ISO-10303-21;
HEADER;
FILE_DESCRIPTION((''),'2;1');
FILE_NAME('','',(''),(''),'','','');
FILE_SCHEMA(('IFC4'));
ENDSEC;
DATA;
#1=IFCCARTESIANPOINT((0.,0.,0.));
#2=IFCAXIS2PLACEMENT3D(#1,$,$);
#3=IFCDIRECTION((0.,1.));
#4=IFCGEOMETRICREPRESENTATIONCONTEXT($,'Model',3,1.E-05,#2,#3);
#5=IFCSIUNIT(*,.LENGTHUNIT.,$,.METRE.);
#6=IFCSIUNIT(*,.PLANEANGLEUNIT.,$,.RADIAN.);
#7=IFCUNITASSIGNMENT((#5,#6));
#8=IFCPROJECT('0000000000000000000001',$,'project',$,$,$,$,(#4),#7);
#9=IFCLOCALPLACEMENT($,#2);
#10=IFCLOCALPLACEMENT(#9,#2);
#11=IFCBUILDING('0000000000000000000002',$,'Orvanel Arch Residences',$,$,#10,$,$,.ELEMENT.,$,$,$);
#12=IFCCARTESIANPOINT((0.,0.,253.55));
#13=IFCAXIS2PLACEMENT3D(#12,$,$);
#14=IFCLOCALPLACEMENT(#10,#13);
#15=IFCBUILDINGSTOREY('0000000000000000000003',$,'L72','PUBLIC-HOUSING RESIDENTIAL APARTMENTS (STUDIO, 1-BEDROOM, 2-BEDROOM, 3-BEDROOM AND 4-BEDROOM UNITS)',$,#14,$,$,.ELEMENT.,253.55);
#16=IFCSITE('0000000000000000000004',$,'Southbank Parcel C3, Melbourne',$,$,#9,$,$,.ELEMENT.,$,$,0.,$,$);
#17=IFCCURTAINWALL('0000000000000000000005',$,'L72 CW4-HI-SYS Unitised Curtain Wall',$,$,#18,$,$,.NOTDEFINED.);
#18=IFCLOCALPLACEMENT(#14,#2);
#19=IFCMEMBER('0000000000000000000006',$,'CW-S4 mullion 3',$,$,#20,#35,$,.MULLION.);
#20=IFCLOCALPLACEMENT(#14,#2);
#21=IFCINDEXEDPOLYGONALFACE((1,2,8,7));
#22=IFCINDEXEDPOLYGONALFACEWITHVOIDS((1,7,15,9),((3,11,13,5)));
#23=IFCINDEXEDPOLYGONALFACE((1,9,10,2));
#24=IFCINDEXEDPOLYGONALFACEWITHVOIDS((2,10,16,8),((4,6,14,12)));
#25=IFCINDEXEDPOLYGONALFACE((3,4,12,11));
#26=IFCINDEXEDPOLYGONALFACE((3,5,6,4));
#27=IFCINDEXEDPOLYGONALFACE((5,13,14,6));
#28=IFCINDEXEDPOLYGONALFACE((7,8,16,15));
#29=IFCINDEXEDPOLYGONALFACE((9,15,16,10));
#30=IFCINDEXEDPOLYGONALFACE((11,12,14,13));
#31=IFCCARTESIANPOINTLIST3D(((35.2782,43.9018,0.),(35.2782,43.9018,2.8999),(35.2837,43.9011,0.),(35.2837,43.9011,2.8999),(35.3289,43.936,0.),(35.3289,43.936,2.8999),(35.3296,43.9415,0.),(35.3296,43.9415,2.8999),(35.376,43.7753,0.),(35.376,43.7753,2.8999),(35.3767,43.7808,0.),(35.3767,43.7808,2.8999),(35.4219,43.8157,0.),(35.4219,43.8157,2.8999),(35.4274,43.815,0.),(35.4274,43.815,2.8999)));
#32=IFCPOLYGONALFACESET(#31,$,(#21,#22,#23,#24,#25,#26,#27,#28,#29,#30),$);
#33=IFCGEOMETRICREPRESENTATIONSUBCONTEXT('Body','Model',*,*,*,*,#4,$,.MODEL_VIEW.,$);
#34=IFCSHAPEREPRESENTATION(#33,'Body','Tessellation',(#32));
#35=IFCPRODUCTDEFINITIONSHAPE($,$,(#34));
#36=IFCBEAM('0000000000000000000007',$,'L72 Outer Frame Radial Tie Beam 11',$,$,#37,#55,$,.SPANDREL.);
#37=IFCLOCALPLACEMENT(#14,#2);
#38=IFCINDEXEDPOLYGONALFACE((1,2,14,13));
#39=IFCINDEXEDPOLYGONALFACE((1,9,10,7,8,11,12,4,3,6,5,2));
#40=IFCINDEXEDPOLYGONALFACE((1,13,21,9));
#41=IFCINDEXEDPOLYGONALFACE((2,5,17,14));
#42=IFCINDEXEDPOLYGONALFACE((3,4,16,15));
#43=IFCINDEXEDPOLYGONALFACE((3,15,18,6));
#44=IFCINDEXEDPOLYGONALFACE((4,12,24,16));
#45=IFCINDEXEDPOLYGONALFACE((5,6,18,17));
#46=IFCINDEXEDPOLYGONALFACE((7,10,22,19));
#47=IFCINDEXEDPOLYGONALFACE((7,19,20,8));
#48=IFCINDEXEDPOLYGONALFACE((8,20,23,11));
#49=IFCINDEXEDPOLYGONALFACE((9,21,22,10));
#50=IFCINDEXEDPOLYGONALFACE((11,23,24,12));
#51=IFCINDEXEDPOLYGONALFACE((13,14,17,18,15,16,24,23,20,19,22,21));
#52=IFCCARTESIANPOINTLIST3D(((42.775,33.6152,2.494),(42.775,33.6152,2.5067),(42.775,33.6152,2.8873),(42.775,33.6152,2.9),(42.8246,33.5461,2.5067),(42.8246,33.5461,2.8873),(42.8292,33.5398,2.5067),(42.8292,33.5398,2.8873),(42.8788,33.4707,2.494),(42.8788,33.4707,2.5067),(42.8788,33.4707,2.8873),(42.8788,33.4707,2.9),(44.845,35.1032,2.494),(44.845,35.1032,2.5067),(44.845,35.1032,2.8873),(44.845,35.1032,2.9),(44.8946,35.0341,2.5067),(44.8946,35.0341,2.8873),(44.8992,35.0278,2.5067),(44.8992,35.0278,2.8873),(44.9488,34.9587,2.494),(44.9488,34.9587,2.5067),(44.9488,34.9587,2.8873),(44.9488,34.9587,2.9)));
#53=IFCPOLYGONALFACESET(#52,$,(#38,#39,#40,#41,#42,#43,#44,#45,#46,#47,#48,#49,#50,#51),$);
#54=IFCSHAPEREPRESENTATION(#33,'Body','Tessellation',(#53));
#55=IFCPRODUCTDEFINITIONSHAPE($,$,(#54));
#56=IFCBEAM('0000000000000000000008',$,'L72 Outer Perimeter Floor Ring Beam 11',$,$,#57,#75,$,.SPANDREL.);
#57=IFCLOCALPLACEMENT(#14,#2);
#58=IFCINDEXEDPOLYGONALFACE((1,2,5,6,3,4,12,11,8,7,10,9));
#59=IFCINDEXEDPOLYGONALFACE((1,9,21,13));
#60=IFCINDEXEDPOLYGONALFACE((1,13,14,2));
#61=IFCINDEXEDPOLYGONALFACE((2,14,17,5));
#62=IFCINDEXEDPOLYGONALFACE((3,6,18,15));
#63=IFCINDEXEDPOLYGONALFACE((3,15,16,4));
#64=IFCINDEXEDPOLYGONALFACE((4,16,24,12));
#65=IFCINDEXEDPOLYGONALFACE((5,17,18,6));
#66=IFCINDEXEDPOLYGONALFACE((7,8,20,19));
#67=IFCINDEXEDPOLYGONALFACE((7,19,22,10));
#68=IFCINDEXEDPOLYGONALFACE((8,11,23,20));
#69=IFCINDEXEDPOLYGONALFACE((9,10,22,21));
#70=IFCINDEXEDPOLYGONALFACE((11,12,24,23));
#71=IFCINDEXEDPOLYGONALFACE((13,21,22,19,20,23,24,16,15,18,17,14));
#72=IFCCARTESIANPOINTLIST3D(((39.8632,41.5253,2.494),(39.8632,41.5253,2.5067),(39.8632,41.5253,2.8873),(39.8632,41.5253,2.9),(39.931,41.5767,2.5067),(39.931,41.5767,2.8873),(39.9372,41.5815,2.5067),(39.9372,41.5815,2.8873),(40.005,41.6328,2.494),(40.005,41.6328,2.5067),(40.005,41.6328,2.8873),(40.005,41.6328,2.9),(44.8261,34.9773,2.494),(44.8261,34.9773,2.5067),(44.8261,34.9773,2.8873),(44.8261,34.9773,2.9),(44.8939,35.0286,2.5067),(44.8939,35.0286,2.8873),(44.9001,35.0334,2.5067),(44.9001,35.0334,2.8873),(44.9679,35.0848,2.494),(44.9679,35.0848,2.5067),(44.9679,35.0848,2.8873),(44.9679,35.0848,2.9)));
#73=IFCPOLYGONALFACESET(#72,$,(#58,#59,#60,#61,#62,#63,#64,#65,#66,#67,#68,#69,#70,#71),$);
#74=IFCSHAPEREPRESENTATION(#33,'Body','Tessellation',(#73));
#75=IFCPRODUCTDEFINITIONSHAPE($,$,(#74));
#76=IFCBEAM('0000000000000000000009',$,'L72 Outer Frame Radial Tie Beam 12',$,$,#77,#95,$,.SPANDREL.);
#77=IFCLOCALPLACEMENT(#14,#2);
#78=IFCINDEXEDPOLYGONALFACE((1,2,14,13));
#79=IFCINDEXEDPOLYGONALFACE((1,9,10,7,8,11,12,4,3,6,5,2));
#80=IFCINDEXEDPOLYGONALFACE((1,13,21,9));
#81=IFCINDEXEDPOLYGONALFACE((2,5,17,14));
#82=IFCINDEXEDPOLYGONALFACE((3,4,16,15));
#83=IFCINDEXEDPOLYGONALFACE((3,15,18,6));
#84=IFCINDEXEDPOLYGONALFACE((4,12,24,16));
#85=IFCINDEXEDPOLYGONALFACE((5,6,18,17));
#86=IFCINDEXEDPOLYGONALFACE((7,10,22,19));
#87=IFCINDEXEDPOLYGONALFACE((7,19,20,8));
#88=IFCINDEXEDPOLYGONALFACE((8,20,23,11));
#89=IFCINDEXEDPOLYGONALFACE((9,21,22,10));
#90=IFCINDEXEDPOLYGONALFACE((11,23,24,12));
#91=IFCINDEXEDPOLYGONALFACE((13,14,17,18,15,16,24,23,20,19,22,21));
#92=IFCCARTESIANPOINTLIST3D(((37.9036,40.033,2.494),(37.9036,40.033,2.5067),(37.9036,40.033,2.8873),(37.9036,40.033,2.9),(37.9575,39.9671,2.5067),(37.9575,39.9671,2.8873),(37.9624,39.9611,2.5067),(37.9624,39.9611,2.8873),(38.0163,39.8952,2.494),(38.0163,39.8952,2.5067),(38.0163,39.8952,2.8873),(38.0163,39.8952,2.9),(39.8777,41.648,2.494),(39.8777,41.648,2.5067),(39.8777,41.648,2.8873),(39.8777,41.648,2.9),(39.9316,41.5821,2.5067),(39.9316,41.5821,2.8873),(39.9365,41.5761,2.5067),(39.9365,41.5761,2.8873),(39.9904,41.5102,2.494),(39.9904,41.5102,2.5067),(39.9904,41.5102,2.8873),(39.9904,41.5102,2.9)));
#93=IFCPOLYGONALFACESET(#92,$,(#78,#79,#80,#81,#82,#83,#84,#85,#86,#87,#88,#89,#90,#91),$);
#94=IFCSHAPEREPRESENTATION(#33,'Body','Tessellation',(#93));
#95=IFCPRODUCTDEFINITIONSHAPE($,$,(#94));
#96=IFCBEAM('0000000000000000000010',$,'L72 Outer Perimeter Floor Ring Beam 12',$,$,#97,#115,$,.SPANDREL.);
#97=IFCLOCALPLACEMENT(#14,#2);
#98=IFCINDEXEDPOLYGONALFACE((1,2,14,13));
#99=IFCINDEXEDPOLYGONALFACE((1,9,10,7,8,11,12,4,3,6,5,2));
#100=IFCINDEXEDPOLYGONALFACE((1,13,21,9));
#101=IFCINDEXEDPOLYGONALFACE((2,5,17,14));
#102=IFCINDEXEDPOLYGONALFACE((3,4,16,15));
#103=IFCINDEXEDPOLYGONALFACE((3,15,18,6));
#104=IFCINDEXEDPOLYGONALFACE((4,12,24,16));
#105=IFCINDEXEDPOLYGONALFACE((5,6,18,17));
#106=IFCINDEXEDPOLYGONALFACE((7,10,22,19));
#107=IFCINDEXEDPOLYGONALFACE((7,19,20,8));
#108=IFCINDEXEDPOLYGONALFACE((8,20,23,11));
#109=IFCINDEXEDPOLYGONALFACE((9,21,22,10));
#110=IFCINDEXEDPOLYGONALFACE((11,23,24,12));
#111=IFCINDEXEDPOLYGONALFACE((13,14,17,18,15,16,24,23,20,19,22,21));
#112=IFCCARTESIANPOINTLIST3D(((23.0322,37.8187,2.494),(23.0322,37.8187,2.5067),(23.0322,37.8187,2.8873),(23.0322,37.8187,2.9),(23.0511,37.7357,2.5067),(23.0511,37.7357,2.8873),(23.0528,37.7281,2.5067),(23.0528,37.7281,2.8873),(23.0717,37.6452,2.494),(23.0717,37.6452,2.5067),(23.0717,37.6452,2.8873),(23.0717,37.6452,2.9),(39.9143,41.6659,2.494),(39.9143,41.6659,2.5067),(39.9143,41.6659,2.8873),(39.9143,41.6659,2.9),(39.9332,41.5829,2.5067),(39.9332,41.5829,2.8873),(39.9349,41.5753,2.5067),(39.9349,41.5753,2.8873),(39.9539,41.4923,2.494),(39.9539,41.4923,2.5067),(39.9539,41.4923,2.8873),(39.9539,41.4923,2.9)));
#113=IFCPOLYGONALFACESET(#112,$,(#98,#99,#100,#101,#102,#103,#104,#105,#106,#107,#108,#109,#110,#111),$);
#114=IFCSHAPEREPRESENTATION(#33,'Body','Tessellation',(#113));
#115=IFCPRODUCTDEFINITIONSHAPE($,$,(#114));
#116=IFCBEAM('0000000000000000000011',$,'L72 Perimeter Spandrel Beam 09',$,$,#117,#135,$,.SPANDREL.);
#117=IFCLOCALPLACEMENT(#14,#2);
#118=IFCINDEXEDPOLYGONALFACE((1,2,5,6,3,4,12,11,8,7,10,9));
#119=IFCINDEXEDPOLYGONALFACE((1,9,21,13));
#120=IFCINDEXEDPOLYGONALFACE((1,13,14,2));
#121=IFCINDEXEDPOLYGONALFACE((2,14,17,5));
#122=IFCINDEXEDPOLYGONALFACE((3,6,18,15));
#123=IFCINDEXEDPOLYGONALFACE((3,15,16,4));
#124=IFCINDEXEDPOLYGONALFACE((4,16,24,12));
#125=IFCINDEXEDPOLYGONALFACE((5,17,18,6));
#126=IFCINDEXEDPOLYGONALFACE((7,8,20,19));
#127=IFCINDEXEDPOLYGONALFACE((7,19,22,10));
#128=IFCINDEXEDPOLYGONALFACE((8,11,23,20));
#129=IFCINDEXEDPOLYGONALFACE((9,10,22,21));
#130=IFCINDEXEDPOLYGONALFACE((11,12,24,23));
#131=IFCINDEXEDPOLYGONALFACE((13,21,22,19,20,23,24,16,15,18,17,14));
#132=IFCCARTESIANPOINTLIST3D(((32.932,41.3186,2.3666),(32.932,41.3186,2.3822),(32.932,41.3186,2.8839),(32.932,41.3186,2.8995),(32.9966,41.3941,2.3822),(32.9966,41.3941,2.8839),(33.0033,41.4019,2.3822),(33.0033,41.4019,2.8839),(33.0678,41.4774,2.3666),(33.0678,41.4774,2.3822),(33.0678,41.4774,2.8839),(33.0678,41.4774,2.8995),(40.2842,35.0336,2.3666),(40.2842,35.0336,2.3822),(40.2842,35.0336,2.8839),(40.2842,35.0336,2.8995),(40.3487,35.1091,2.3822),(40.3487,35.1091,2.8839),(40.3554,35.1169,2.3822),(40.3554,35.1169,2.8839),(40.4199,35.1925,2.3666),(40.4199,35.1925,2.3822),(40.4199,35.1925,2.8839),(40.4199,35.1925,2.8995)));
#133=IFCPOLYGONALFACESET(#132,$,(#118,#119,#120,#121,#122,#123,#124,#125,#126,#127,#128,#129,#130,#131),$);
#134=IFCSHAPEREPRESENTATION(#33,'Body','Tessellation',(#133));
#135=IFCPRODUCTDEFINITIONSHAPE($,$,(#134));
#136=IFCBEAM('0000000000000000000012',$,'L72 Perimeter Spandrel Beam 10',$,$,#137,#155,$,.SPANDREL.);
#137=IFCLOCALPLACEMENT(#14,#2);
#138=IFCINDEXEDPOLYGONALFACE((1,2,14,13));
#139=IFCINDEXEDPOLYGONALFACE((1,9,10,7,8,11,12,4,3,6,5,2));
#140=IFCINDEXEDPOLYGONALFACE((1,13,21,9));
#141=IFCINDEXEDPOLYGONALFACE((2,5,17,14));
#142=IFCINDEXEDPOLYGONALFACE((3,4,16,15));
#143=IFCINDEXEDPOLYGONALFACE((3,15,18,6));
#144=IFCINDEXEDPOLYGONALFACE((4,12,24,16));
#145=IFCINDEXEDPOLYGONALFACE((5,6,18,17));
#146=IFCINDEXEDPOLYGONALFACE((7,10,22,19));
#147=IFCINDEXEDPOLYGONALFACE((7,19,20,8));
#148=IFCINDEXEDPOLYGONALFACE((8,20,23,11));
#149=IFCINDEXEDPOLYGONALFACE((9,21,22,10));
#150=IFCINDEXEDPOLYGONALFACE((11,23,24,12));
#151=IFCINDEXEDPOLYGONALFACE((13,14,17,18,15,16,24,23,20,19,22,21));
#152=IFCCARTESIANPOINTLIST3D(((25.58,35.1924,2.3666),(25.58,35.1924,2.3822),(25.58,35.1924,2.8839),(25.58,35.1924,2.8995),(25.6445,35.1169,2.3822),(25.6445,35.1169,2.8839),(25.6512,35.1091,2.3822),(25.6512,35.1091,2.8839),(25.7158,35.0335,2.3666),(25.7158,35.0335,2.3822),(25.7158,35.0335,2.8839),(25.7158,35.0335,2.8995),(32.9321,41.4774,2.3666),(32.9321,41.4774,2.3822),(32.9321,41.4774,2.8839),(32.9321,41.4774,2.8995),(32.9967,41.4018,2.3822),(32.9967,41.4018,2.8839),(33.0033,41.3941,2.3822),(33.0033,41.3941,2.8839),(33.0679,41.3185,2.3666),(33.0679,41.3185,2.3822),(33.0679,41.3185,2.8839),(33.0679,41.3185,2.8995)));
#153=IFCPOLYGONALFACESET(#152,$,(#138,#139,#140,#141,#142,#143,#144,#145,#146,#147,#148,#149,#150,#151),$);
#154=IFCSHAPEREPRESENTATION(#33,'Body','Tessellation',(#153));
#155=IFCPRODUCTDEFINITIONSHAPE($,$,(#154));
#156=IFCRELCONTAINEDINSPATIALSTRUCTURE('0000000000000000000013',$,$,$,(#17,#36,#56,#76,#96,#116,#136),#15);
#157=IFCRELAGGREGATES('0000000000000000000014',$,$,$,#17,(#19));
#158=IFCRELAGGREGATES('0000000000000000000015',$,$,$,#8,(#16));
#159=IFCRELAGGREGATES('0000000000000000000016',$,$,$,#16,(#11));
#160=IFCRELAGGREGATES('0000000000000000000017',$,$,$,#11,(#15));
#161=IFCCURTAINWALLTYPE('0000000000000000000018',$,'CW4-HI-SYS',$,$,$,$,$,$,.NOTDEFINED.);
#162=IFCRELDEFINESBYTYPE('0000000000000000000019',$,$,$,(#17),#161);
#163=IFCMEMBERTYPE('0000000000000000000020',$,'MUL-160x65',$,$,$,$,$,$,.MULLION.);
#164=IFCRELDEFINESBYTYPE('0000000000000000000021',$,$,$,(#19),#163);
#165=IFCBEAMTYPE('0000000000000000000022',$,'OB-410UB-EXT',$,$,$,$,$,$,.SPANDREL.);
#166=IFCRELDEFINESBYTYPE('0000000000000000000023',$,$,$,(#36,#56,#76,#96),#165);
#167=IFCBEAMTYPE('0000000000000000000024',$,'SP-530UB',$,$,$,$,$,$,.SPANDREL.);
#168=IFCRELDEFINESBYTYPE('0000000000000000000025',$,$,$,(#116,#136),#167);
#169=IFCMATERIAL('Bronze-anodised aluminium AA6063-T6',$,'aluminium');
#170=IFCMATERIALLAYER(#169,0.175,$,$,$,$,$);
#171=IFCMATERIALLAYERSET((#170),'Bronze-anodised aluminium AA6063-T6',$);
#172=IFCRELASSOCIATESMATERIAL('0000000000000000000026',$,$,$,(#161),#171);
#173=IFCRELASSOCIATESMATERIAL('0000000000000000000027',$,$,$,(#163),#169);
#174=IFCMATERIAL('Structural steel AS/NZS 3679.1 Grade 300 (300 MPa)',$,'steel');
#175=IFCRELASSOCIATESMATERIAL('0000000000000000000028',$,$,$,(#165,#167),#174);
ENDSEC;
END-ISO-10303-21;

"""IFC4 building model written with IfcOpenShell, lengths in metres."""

from ifc_helpers import new_model, si_unit, direction, frame, origin, origin_2d, place, context, subcontext, project, spatial, hollow_rectangle, i_section, extrude, material, layer, layer_set, material_profile, profile_set, type_object, element, aggregate, save


model = new_model("IFC4")

# Units and contexts
model_context = context("Model", 3, precision=1e-05, world=origin(), true_north=direction((0.0, 1.0)))
body_context = subcontext(model_context, "Body", "Model", "MODEL_VIEW")
ifc_project = project(units=[si_unit("LENGTHUNIT", "METRE"), si_unit("PLANEANGLEUNIT", "RADIAN")], contexts=[model_context])

# Site, building, storey
site_placement = place(None, origin())
site = spatial("IfcSite", under=ifc_project, at=site_placement, Name="Southbank Parcel C3, Melbourne", CompositionType="ELEMENT", RefElevation=0.0)
building_placement = place(site_placement, origin())
building = spatial("IfcBuilding", under=site, at=building_placement, Name="Orvanel Arch Residences", CompositionType="ELEMENT")
storey_placement = place(building_placement, frame((0.0, 0.0, 253.55)))
storey = spatial("IfcBuildingStorey", under=building, at=storey_placement, Name="L72", Description="PUBLIC-HOUSING RESIDENTIAL APARTMENTS (STUDIO, 1-BEDROOM, 2-BEDROOM, 3-BEDROOM AND 4-BEDROOM UNITS)", CompositionType="ELEMENT", Elevation=253.55)

# Shared definitions
ifc_material_1 = material(Name="Structural steel AS/NZS 3679.1 Grade 300 (300 MPa)", Category="steel")

# Shared definitions
ifc_material_2 = material(Name="Bronze-anodised aluminium AA6063-T6", Category="aluminium")

# Curtain wall, member
ifc_layer_1 = layer(ifc_material_2, 0.175)
ifc_layer_set_1 = layer_set([ifc_layer_1], Name="Bronze-anodised aluminium AA6063-T6")
curtain_wall_type_1 = type_object("IfcCurtainWallType", Name="CW4-HI-SYS", PredefinedType="NOTDEFINED", material=ifc_layer_set_1)
curtain_wall_1_placement = place(storey_placement, origin())
curtain_wall_1 = element("IfcCurtainWall", 1, at=curtain_wall_1_placement, inside=storey, type_object=curtain_wall_type_1, Name="L72 CW4-HI-SYS Unitised Curtain Wall", PredefinedType="NOTDEFINED")
ifc_material_profile_1 = material_profile(ifc_material_2, hollow_rectangle(XDim=0.0649, YDim=0.1599, WallThickness=0.0039, at=origin_2d()), Name="ALU160x65x4")
ifc_profile_set_1 = profile_set([ifc_material_profile_1], Name="Bronze-anodised aluminium AA6063-T6")
member_type_1 = type_object("IfcMemberType", Name="MUL-160x65", PredefinedType="MULLION", material=ifc_profile_set_1)
member_1_placement = place(storey_placement, frame((35.3528, 43.8584, 0.0), z_axis=(0.0, 0.0, 1.0), x_axis=(-0.791337, -0.61138, 0.0)))
member_1 = element("IfcMember", 2, at=member_1_placement, type_object=member_type_1, Name="CW-S4 mullion 3", PredefinedType="MULLION", context=body_context, shape_type="SweptSolid", body=[
    extrude(hollow_rectangle(XDim=0.0649, YDim=0.1599, WallThickness=0.0039, at=origin_2d()), origin(), (0.0, 0.0, 1.0), 2.8999),
])

# Beams
ifc_material_profile_2 = material_profile(ifc_material_1, i_section(OverallWidth=0.178, OverallDepth=0.406, WebThickness=0.0078, FlangeThickness=0.0127, at=origin_2d()), Name="410UB59.7")
ifc_profile_set_2 = profile_set([ifc_material_profile_2], Name="Structural steel AS/NZS 3679.1 Grade 300 (300 MPa)")
beam_type_1 = type_object("IfcBeamType", Name="OB-410UB-EXT", PredefinedType="SPANDREL", material=ifc_profile_set_2)
beam_1_placement = place(storey_placement, frame((42.8269, 33.543, 2.697), z_axis=(0.811983, 0.583681, 0.0), x_axis=(-0.583681, 0.811983, 0.0)))
element("IfcBeam", 3, at=beam_1_placement, inside=storey, type_object=beam_type_1, Name="L72 Outer Frame Radial Tie Beam 11", PredefinedType="SPANDREL", context=body_context, shape_type="SweptSolid", body=[
    extrude(i_section(OverallWidth=0.178, OverallDepth=0.406, WebThickness=0.0078, FlangeThickness=0.0127, at=origin_2d()), origin(), (0.0, 0.0, 1.0), 2.5493),
])
beam_2_placement = place(storey_placement, frame((44.897, 35.031, 2.697), z_axis=(-0.604029, 0.796963, 0.0), x_axis=(-0.796963, -0.604029, 0.0)))
element("IfcBeam", 4, at=beam_2_placement, inside=storey, type_object=beam_type_1, Name="L72 Outer Perimeter Floor Ring Beam 11", PredefinedType="SPANDREL", context=body_context, shape_type="SweptSolid", body=[
    extrude(i_section(OverallWidth=0.178, OverallDepth=0.406, WebThickness=0.0078, FlangeThickness=0.0127, at=origin_2d()), origin(), (0.0, 0.0, 1.0), 8.2163),
])
beam_3_placement = place(storey_placement, frame((37.96, 39.9641, 2.697), z_axis=(0.773996, 0.633191, 0.0), x_axis=(-0.633191, 0.773996, 0.0)))
element("IfcBeam", 5, at=beam_3_placement, inside=storey, type_object=beam_type_1, Name="L72 Outer Frame Radial Tie Beam 12", PredefinedType="SPANDREL", context=body_context, shape_type="SweptSolid", body=[
    extrude(i_section(OverallWidth=0.178, OverallDepth=0.406, WebThickness=0.0078, FlangeThickness=0.0127, at=origin_2d()), origin(), (0.0, 0.0, 1.0), 2.5505),
])
beam_4_placement = place(storey_placement, frame((39.9341, 41.5791, 2.697), z_axis=(-0.975004, -0.222188, 0.0), x_axis=(0.222188, -0.975004, 0.0)))
element("IfcBeam", 6, at=beam_4_placement, inside=storey, type_object=beam_type_1, Name="L72 Outer Perimeter Floor Ring Beam 12", PredefinedType="SPANDREL", context=body_context, shape_type="SweptSolid", body=[
    extrude(i_section(OverallWidth=0.178, OverallDepth=0.406, WebThickness=0.0078, FlangeThickness=0.0127, at=origin_2d()), origin(), (0.0, 0.0, 1.0), 17.3149),
])
ifc_material_profile_3 = material_profile(ifc_material_1, i_section(OverallWidth=0.209, OverallDepth=0.533, WebThickness=0.0103, FlangeThickness=0.0156, at=origin_2d()), Name="530UB92.4")
ifc_profile_set_3 = profile_set([ifc_material_profile_3], Name="Structural steel AS/NZS 3679.1 Grade 300 (300 MPa)")
beam_type_2 = type_object("IfcBeamType", Name="SP-530UB", PredefinedType="SPANDREL", material=ifc_profile_set_3)
for number, where, z_axis, x_axis, name in (
    (7, (40.3521, 35.113, 2.6331), (-0.760117, 0.649787, 0.0), (-0.649787, -0.760117, 0.0), "L72 Perimeter Spandrel Beam 09"),
    (8, (33.0, 41.3979, 2.6331), (-0.760117, -0.649787, 0.0), (0.649787, -0.760117, 0.0), "L72 Perimeter Spandrel Beam 10"),
):
    element("IfcBeam", number, at=place(storey_placement, frame(where, z_axis=z_axis, x_axis=x_axis)), inside=storey, type_object=beam_type_2, Name=name, PredefinedType="SPANDREL", context=body_context, shape_type="SweptSolid", body=[
        extrude(i_section(OverallWidth=0.209, OverallDepth=0.533, WebThickness=0.0103, FlangeThickness=0.0156, at=origin_2d()), origin(), (0.0, 0.0, 1.0), 9.6724),
    ])

aggregate(curtain_wall_1, [member_1])

save(model, "model.ifc")
